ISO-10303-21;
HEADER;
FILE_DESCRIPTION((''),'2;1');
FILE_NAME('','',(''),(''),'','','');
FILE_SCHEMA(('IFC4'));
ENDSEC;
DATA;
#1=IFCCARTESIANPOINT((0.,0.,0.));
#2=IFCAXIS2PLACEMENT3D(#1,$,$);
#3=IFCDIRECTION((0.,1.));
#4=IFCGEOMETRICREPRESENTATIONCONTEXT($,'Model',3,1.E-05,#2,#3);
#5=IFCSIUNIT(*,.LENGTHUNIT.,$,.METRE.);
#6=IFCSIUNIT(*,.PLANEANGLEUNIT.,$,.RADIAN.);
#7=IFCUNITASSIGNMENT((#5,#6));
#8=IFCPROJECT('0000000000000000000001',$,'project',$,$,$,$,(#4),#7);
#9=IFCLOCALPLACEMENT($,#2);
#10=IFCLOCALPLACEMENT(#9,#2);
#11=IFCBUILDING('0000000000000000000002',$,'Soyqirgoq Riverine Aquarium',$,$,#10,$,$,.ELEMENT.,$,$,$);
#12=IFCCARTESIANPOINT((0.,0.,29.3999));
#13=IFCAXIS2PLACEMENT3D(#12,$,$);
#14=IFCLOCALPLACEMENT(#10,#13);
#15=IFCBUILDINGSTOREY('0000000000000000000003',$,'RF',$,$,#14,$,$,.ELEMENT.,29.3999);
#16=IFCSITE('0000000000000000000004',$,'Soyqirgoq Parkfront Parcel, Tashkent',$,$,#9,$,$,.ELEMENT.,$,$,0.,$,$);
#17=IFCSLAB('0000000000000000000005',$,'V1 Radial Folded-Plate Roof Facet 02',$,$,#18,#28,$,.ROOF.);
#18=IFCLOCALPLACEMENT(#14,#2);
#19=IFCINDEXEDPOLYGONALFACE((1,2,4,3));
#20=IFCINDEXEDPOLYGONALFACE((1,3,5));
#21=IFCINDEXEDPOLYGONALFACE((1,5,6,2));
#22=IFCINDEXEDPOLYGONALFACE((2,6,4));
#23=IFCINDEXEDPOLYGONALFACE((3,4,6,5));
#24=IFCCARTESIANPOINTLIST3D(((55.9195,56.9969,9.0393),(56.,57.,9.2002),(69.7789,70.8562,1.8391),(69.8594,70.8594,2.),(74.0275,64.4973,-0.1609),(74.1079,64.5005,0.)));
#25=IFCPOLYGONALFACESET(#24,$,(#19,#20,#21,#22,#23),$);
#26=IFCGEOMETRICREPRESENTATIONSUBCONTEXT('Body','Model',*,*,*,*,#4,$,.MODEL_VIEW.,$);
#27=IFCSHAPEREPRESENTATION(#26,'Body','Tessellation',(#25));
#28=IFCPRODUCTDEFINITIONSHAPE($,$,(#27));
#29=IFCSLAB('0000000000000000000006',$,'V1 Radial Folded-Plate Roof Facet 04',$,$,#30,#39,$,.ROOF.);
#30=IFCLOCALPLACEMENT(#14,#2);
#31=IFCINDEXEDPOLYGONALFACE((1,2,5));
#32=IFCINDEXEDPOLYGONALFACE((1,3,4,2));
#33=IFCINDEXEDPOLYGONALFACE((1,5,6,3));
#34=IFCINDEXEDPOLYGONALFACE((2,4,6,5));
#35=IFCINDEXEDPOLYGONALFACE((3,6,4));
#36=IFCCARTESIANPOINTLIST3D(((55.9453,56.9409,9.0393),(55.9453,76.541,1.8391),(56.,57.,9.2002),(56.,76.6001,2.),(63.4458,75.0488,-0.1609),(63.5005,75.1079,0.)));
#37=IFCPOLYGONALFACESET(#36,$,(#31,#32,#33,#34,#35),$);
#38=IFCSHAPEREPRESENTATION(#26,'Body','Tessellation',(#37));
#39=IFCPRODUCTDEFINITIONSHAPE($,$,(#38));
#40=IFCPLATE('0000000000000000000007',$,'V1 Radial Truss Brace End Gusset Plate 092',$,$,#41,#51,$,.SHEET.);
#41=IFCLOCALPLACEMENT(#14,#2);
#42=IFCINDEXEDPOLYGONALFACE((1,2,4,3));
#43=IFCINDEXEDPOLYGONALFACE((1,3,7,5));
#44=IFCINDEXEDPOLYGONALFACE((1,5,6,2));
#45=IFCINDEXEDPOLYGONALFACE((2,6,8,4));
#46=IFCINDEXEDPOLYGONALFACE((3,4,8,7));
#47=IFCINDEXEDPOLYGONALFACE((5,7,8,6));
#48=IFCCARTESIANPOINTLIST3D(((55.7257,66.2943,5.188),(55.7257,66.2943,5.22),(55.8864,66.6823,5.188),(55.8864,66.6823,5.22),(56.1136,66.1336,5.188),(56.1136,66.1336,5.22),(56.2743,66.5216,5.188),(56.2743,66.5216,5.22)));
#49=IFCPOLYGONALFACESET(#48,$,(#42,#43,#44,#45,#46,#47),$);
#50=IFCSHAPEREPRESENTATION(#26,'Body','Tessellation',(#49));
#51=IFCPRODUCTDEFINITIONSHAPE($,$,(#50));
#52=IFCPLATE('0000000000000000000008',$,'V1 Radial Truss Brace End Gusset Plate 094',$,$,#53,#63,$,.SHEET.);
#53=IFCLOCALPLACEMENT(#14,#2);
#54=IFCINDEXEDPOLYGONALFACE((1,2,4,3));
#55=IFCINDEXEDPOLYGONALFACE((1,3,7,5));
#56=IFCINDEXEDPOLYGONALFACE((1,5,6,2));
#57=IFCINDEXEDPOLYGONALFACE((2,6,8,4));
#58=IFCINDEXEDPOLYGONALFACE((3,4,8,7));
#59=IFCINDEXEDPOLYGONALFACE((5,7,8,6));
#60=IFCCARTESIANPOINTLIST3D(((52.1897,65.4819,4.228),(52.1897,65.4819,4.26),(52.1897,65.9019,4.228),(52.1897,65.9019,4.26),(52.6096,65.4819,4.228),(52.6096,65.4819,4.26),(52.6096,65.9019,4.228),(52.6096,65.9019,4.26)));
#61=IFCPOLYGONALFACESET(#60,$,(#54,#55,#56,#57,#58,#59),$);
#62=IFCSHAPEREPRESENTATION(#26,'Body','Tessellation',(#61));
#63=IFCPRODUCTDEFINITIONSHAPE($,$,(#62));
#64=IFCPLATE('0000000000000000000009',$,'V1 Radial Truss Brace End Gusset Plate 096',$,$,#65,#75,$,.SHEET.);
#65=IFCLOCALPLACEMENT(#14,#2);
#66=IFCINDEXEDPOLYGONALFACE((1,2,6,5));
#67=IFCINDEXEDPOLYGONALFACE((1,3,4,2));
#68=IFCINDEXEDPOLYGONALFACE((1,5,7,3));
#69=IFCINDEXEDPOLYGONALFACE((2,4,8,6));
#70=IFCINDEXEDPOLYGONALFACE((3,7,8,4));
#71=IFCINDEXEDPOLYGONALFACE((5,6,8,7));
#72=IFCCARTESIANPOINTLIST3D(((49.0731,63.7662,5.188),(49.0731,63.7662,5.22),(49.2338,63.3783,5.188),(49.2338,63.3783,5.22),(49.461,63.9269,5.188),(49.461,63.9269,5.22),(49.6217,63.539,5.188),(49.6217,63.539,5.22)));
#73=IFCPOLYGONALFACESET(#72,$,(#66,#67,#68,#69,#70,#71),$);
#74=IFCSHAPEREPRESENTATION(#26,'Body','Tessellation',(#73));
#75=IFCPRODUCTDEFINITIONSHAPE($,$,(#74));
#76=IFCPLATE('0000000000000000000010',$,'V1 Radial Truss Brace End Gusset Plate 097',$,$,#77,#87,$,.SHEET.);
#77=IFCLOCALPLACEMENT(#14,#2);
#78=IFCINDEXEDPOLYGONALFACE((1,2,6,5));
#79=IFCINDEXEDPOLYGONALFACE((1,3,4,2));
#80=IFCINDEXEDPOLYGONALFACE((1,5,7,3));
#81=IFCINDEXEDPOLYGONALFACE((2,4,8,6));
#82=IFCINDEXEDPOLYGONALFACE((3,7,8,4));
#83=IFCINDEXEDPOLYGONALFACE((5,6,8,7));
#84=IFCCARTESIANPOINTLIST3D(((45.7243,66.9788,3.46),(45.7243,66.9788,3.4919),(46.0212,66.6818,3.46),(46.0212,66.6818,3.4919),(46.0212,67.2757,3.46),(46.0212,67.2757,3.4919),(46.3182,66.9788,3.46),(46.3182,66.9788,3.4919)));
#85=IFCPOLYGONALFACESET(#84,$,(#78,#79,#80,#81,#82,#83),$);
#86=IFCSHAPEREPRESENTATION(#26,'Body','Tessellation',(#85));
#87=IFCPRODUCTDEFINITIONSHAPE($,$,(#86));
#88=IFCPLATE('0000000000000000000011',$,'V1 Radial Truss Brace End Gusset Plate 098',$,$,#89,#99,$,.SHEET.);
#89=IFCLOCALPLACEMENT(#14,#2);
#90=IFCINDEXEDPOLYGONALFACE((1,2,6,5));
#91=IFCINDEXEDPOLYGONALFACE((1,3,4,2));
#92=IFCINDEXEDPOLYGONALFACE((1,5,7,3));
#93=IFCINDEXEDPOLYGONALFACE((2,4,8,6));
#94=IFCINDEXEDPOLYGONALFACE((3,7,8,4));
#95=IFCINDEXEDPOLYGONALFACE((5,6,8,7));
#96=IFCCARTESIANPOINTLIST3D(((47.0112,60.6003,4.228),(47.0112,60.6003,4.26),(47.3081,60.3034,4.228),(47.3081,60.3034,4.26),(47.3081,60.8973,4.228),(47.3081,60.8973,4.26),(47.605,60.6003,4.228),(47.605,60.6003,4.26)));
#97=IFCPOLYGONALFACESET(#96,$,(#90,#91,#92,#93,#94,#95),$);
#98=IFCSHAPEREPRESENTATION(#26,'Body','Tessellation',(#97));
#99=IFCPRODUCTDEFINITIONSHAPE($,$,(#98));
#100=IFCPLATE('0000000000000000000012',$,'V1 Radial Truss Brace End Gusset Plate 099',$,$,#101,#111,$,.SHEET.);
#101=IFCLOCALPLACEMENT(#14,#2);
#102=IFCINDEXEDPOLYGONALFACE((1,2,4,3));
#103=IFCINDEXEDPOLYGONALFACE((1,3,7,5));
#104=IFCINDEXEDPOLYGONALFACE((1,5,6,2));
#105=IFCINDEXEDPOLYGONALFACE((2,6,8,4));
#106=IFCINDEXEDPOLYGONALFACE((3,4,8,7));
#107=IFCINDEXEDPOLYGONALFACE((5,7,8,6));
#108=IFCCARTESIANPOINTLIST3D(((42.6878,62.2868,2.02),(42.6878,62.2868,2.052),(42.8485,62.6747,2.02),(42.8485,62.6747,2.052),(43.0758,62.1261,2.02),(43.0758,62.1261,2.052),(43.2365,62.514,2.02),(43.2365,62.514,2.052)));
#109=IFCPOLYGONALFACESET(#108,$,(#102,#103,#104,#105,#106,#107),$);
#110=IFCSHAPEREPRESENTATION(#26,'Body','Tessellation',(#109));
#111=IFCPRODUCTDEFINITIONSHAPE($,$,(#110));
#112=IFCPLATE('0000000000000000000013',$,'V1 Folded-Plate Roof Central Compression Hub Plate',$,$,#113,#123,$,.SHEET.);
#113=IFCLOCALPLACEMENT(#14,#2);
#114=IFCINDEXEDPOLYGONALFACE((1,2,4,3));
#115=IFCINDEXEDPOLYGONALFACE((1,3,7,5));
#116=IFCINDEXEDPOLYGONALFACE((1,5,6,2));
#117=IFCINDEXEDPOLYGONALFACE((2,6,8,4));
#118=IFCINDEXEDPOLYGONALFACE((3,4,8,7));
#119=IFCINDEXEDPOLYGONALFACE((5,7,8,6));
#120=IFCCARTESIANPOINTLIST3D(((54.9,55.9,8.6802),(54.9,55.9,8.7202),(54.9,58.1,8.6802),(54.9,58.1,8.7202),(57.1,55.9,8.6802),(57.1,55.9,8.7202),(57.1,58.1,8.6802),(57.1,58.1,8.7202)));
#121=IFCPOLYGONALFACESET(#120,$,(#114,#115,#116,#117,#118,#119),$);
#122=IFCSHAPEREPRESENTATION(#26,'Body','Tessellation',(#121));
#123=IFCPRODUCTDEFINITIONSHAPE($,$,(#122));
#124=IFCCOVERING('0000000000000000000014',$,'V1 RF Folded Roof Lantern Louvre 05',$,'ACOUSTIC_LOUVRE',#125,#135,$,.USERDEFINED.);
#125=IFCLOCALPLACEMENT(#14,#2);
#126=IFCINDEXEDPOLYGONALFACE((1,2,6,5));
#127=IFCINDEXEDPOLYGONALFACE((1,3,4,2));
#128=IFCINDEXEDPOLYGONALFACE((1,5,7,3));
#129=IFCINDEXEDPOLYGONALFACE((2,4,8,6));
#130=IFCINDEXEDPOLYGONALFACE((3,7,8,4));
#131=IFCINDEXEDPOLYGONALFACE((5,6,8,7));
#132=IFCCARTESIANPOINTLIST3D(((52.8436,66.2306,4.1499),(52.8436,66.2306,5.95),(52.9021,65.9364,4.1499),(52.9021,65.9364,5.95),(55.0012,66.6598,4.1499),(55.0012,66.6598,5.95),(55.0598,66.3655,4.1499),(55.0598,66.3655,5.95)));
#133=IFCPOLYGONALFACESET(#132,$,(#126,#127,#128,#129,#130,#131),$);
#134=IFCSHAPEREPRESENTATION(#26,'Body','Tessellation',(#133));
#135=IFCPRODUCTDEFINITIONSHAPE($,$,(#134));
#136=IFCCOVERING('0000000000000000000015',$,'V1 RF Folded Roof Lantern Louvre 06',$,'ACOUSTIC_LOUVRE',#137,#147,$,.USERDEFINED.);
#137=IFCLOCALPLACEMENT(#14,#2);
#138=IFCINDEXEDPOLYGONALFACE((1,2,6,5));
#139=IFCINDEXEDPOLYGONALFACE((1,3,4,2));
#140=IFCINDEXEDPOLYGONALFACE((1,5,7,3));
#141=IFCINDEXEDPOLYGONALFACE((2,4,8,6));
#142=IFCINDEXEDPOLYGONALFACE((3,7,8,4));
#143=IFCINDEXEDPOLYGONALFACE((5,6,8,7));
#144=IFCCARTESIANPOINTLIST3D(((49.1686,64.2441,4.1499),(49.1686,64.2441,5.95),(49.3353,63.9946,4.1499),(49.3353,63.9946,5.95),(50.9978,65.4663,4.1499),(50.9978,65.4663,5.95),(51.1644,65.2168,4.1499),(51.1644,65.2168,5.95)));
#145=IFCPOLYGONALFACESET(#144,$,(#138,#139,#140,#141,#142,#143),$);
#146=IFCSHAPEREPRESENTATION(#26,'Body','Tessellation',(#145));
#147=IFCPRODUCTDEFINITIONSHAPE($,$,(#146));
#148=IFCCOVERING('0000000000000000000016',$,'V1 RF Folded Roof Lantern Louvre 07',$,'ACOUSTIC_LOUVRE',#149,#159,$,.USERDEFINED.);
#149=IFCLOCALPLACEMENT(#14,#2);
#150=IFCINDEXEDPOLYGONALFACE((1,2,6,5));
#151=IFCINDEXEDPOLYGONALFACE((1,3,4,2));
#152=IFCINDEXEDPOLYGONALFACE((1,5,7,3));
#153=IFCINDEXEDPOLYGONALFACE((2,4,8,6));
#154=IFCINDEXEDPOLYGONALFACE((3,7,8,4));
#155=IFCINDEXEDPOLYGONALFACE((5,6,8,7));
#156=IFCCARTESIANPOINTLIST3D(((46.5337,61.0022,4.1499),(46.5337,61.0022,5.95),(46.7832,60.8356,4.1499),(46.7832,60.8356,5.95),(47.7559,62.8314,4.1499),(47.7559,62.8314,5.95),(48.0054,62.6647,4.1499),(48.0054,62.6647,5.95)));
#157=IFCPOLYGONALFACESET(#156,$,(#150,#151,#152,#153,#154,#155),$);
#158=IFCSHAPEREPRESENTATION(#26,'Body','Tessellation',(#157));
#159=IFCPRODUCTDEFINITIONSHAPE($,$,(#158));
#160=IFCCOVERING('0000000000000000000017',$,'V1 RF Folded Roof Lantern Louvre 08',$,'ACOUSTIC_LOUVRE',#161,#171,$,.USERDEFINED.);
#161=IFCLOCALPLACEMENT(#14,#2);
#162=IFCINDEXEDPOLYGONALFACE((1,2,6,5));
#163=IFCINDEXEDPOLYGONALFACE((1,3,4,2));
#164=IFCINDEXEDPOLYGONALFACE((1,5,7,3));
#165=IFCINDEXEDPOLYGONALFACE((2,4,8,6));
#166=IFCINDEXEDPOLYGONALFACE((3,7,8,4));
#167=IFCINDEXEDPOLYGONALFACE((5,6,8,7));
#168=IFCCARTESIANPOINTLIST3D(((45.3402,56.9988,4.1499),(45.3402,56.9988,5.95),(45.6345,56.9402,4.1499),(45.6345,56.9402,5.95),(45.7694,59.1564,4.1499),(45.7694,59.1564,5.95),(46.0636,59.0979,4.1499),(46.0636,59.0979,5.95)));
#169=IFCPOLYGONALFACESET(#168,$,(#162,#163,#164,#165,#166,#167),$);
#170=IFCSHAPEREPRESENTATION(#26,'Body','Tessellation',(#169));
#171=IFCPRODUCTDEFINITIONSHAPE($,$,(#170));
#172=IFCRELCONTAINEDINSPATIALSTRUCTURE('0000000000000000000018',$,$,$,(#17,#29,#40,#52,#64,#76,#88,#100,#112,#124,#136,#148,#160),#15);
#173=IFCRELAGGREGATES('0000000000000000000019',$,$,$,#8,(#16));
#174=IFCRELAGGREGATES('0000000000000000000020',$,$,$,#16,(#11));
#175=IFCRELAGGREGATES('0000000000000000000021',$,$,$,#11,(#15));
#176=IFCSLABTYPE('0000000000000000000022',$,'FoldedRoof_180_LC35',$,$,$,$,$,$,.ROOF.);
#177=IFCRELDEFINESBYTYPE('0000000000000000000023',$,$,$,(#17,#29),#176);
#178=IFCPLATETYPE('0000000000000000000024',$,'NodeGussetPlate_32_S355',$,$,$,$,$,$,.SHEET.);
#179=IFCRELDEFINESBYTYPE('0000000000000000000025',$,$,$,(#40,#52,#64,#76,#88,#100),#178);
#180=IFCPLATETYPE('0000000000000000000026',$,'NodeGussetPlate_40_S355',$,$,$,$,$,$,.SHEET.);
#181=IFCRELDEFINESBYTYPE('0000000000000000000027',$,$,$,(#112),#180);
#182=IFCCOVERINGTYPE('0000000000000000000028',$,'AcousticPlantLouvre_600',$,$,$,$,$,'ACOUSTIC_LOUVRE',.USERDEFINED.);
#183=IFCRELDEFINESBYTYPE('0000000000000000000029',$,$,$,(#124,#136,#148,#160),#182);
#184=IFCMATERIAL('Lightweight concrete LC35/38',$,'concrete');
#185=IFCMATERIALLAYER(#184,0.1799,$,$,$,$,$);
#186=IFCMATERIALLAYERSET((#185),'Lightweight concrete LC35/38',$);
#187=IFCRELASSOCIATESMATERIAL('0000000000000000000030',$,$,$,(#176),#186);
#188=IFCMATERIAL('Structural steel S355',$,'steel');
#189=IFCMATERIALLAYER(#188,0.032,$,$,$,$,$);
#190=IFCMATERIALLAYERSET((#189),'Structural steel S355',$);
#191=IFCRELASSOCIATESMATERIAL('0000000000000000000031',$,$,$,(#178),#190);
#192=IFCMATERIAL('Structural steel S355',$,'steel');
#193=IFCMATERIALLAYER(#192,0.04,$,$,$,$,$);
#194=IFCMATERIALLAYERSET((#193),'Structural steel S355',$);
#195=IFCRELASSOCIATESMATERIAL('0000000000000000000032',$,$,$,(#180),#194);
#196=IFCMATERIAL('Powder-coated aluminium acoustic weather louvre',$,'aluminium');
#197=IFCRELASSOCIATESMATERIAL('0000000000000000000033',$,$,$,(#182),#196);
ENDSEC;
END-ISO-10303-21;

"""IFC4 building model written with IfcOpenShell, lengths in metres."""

from ifc_helpers import new_model, si_unit, direction, frame, origin, origin_2d, place, context, subcontext, project, spatial, polyline, rectangle, outline, extrude, material, layer, layer_set, type_object, element, save


model = new_model("IFC4")

# Units and contexts
model_context = context("Model", 3, precision=1e-05, world=origin(), true_north=direction((0.0, 1.0)))
body_context = subcontext(model_context, "Body", "Model", "MODEL_VIEW")
ifc_project = project(units=[si_unit("LENGTHUNIT", "METRE"), si_unit("PLANEANGLEUNIT", "RADIAN")], contexts=[model_context])

# Site, building, storey
site_placement = place(None, origin())
site = spatial("IfcSite", under=ifc_project, at=site_placement, Name="Soyqirgoq Parkfront Parcel, Tashkent", CompositionType="ELEMENT", RefElevation=0.0)
building_placement = place(site_placement, origin())
building = spatial("IfcBuilding", under=site, at=building_placement, Name="Soyqirgoq Riverine Aquarium", CompositionType="ELEMENT")
storey_placement = place(building_placement, frame((0.0, 0.0, 29.3999)))
storey = spatial("IfcBuildingStorey", under=building, at=storey_placement, Name="RF", CompositionType="ELEMENT", Elevation=29.3999)

# Slabs
ifc_material_1 = material(Name="Lightweight concrete LC35/38", Category="concrete")
ifc_layer_1 = layer(ifc_material_1, 0.1799)
ifc_layer_set_1 = layer_set([ifc_layer_1], Name="Lightweight concrete LC35/38")
slab_type_1 = type_object("IfcSlabType", Name="FoldedRoof_180_LC35", PredefinedType="ROOF", material=ifc_layer_set_1)
slab_1_placement = place(storey_placement, frame((56.0, 57.0, 9.2002), z_axis=(0.447135, 0.017468, 0.894296), x_axis=(0.836326, 0.346415, -0.424917)))
element("IfcSlab", 1, at=slab_1_placement, inside=storey, type_object=slab_type_1, Name="V1 Radial Folded-Plate Roof Facet 02", PredefinedType="ROOF", context=body_context, shape_type="SweptSolid", body=[
    extrude(outline(polyline([(0.0, 0.0), (21.6517, 0.0), (19.4515, 7.5924), (0.0, 0.0)])), origin(), (0.0, 0.0, -1.0), 0.1799),
])
slab_2_placement = place(storey_placement, frame((56.0, 57.0, 9.2002), z_axis=(0.303822, 0.328524, 0.894295), x_axis=(0.346415, 0.836326, -0.424917)))
element("IfcSlab", 2, at=slab_2_placement, inside=storey, type_object=slab_type_1, Name="V1 Radial Folded-Plate Roof Facet 04", PredefinedType="ROOF", context=body_context, shape_type="SweptSolid", body=[
    extrude(outline(polyline([(0.0, 0.0), (21.6517, 0.0), (19.4516, 7.5923), (0.0, 0.0)])), origin(), (0.0, 0.0, -1.0), 0.1799),
])

# Plates
ifc_material_2 = material(Name="Structural steel S355", Category="steel")
ifc_layer_2 = layer(ifc_material_2, 0.032)
ifc_layer_set_2 = layer_set([ifc_layer_2], Name="Structural steel S355")
plate_type_1 = type_object("IfcPlateType", Name="NodeGussetPlate_32_S355", PredefinedType="SHEET", material=ifc_layer_set_2)
for number, where, z_axis, x_axis, name in (
    (3, (56.0, 66.408, 5.188), (0.0, 0.0, 1.0), (0.382683, 0.92388, 0.0), "V1 Radial Truss Brace End Gusset Plate 092"),
    (4, (52.3997, 65.6919, 4.228), (0.0, 0.0, 1.0), (0.0, 1.0, 0.0), "V1 Radial Truss Brace End Gusset Plate 094"),
    (5, (49.3474, 63.6526, 5.188), (0.0, 0.0, 1.0), (-0.382683, 0.92388, 0.0), "V1 Radial Truss Brace End Gusset Plate 096"),
    (6, (46.0212, 66.9788, 3.46), (0.0, 0.0, 1.0), (-0.707107, 0.707107, 0.0), "V1 Radial Truss Brace End Gusset Plate 097"),
    (7, (47.3081, 60.6003, 4.228), (0.0, 0.0, 1.0), (-0.707107, 0.707107, 0.0), "V1 Radial Truss Brace End Gusset Plate 098"),
    (8, (42.9622, 62.4004, 2.02), (0.0, 0.0, 1.0), (-0.92388, 0.382683, 0.0), "V1 Radial Truss Brace End Gusset Plate 099"),
):
    element("IfcPlate", number, at=place(storey_placement, frame(where, z_axis=z_axis, x_axis=x_axis)), inside=storey, type_object=plate_type_1, Name=name, PredefinedType="SHEET", context=body_context, shape_type="SweptSolid", body=[
        extrude(rectangle(XDim=0.4199, YDim=0.4199, at=origin_2d()), origin(), (0.0, 0.0, 1.0), 0.032),
    ])
ifc_material_3 = material(Name="Structural steel S355", Category="steel")
ifc_layer_3 = layer(ifc_material_3, 0.04)
ifc_layer_set_3 = layer_set([ifc_layer_3], Name="Structural steel S355")
plate_type_2 = type_object("IfcPlateType", Name="NodeGussetPlate_40_S355", PredefinedType="SHEET", material=ifc_layer_set_3)
plate_1_placement = place(storey_placement, frame((56.0, 57.0, 8.6802), z_axis=(0.0, 0.0, 1.0), x_axis=(1.0, 0.0, 0.0)))
element("IfcPlate", 9, at=plate_1_placement, inside=storey, type_object=plate_type_2, Name="V1 Folded-Plate Roof Central Compression Hub Plate", PredefinedType="SHEET", context=body_context, shape_type="SweptSolid", body=[
    extrude(rectangle(XDim=2.2, YDim=2.2, at=origin_2d()), origin(), (0.0, 0.0, 1.0), 0.04),
])

# Coverings
ifc_material_4 = material(Name="Powder-coated aluminium acoustic weather louvre", Category="aluminium")
covering_type = type_object("IfcCoveringType", Name="AcousticPlantLouvre_600", ElementType="ACOUSTIC_LOUVRE", PredefinedType="USERDEFINED", material=ifc_material_4)
for number, where, z_axis, x_axis, name in (
    (10, (53.9517, 66.2981, 4.1499), (0.0, 0.0, 1.0), (-0.980785, -0.19509, 0.0), "V1 RF Folded Roof Lantern Louvre 05"),
    (11, (50.1665, 64.7305, 4.1499), (0.0, 0.0, 1.0), (-0.83147, -0.55557, 0.0), "V1 RF Folded Roof Lantern Louvre 06"),
    (12, (47.2695, 61.8335, 4.1499), (0.0, 0.0, 1.0), (-0.55557, -0.83147, 0.0), "V1 RF Folded Roof Lantern Louvre 07"),
    (13, (45.7019, 58.0483, 4.1499), (0.0, 0.0, 1.0), (-0.19509, -0.980785, 0.0), "V1 RF Folded Roof Lantern Louvre 08"),
):
    element("IfcCovering", number, at=place(storey_placement, frame(where, z_axis=z_axis, x_axis=x_axis)), inside=storey, type_object=covering_type, Name=name, ObjectType="ACOUSTIC_LOUVRE", PredefinedType="USERDEFINED", context=body_context, shape_type="SweptSolid", body=[
        extrude(rectangle(XDim=2.2, YDim=0.3, at=origin_2d()), origin(), (0.0, 0.0, 1.0), 1.8),
    ])

save(model, "model.ifc")
